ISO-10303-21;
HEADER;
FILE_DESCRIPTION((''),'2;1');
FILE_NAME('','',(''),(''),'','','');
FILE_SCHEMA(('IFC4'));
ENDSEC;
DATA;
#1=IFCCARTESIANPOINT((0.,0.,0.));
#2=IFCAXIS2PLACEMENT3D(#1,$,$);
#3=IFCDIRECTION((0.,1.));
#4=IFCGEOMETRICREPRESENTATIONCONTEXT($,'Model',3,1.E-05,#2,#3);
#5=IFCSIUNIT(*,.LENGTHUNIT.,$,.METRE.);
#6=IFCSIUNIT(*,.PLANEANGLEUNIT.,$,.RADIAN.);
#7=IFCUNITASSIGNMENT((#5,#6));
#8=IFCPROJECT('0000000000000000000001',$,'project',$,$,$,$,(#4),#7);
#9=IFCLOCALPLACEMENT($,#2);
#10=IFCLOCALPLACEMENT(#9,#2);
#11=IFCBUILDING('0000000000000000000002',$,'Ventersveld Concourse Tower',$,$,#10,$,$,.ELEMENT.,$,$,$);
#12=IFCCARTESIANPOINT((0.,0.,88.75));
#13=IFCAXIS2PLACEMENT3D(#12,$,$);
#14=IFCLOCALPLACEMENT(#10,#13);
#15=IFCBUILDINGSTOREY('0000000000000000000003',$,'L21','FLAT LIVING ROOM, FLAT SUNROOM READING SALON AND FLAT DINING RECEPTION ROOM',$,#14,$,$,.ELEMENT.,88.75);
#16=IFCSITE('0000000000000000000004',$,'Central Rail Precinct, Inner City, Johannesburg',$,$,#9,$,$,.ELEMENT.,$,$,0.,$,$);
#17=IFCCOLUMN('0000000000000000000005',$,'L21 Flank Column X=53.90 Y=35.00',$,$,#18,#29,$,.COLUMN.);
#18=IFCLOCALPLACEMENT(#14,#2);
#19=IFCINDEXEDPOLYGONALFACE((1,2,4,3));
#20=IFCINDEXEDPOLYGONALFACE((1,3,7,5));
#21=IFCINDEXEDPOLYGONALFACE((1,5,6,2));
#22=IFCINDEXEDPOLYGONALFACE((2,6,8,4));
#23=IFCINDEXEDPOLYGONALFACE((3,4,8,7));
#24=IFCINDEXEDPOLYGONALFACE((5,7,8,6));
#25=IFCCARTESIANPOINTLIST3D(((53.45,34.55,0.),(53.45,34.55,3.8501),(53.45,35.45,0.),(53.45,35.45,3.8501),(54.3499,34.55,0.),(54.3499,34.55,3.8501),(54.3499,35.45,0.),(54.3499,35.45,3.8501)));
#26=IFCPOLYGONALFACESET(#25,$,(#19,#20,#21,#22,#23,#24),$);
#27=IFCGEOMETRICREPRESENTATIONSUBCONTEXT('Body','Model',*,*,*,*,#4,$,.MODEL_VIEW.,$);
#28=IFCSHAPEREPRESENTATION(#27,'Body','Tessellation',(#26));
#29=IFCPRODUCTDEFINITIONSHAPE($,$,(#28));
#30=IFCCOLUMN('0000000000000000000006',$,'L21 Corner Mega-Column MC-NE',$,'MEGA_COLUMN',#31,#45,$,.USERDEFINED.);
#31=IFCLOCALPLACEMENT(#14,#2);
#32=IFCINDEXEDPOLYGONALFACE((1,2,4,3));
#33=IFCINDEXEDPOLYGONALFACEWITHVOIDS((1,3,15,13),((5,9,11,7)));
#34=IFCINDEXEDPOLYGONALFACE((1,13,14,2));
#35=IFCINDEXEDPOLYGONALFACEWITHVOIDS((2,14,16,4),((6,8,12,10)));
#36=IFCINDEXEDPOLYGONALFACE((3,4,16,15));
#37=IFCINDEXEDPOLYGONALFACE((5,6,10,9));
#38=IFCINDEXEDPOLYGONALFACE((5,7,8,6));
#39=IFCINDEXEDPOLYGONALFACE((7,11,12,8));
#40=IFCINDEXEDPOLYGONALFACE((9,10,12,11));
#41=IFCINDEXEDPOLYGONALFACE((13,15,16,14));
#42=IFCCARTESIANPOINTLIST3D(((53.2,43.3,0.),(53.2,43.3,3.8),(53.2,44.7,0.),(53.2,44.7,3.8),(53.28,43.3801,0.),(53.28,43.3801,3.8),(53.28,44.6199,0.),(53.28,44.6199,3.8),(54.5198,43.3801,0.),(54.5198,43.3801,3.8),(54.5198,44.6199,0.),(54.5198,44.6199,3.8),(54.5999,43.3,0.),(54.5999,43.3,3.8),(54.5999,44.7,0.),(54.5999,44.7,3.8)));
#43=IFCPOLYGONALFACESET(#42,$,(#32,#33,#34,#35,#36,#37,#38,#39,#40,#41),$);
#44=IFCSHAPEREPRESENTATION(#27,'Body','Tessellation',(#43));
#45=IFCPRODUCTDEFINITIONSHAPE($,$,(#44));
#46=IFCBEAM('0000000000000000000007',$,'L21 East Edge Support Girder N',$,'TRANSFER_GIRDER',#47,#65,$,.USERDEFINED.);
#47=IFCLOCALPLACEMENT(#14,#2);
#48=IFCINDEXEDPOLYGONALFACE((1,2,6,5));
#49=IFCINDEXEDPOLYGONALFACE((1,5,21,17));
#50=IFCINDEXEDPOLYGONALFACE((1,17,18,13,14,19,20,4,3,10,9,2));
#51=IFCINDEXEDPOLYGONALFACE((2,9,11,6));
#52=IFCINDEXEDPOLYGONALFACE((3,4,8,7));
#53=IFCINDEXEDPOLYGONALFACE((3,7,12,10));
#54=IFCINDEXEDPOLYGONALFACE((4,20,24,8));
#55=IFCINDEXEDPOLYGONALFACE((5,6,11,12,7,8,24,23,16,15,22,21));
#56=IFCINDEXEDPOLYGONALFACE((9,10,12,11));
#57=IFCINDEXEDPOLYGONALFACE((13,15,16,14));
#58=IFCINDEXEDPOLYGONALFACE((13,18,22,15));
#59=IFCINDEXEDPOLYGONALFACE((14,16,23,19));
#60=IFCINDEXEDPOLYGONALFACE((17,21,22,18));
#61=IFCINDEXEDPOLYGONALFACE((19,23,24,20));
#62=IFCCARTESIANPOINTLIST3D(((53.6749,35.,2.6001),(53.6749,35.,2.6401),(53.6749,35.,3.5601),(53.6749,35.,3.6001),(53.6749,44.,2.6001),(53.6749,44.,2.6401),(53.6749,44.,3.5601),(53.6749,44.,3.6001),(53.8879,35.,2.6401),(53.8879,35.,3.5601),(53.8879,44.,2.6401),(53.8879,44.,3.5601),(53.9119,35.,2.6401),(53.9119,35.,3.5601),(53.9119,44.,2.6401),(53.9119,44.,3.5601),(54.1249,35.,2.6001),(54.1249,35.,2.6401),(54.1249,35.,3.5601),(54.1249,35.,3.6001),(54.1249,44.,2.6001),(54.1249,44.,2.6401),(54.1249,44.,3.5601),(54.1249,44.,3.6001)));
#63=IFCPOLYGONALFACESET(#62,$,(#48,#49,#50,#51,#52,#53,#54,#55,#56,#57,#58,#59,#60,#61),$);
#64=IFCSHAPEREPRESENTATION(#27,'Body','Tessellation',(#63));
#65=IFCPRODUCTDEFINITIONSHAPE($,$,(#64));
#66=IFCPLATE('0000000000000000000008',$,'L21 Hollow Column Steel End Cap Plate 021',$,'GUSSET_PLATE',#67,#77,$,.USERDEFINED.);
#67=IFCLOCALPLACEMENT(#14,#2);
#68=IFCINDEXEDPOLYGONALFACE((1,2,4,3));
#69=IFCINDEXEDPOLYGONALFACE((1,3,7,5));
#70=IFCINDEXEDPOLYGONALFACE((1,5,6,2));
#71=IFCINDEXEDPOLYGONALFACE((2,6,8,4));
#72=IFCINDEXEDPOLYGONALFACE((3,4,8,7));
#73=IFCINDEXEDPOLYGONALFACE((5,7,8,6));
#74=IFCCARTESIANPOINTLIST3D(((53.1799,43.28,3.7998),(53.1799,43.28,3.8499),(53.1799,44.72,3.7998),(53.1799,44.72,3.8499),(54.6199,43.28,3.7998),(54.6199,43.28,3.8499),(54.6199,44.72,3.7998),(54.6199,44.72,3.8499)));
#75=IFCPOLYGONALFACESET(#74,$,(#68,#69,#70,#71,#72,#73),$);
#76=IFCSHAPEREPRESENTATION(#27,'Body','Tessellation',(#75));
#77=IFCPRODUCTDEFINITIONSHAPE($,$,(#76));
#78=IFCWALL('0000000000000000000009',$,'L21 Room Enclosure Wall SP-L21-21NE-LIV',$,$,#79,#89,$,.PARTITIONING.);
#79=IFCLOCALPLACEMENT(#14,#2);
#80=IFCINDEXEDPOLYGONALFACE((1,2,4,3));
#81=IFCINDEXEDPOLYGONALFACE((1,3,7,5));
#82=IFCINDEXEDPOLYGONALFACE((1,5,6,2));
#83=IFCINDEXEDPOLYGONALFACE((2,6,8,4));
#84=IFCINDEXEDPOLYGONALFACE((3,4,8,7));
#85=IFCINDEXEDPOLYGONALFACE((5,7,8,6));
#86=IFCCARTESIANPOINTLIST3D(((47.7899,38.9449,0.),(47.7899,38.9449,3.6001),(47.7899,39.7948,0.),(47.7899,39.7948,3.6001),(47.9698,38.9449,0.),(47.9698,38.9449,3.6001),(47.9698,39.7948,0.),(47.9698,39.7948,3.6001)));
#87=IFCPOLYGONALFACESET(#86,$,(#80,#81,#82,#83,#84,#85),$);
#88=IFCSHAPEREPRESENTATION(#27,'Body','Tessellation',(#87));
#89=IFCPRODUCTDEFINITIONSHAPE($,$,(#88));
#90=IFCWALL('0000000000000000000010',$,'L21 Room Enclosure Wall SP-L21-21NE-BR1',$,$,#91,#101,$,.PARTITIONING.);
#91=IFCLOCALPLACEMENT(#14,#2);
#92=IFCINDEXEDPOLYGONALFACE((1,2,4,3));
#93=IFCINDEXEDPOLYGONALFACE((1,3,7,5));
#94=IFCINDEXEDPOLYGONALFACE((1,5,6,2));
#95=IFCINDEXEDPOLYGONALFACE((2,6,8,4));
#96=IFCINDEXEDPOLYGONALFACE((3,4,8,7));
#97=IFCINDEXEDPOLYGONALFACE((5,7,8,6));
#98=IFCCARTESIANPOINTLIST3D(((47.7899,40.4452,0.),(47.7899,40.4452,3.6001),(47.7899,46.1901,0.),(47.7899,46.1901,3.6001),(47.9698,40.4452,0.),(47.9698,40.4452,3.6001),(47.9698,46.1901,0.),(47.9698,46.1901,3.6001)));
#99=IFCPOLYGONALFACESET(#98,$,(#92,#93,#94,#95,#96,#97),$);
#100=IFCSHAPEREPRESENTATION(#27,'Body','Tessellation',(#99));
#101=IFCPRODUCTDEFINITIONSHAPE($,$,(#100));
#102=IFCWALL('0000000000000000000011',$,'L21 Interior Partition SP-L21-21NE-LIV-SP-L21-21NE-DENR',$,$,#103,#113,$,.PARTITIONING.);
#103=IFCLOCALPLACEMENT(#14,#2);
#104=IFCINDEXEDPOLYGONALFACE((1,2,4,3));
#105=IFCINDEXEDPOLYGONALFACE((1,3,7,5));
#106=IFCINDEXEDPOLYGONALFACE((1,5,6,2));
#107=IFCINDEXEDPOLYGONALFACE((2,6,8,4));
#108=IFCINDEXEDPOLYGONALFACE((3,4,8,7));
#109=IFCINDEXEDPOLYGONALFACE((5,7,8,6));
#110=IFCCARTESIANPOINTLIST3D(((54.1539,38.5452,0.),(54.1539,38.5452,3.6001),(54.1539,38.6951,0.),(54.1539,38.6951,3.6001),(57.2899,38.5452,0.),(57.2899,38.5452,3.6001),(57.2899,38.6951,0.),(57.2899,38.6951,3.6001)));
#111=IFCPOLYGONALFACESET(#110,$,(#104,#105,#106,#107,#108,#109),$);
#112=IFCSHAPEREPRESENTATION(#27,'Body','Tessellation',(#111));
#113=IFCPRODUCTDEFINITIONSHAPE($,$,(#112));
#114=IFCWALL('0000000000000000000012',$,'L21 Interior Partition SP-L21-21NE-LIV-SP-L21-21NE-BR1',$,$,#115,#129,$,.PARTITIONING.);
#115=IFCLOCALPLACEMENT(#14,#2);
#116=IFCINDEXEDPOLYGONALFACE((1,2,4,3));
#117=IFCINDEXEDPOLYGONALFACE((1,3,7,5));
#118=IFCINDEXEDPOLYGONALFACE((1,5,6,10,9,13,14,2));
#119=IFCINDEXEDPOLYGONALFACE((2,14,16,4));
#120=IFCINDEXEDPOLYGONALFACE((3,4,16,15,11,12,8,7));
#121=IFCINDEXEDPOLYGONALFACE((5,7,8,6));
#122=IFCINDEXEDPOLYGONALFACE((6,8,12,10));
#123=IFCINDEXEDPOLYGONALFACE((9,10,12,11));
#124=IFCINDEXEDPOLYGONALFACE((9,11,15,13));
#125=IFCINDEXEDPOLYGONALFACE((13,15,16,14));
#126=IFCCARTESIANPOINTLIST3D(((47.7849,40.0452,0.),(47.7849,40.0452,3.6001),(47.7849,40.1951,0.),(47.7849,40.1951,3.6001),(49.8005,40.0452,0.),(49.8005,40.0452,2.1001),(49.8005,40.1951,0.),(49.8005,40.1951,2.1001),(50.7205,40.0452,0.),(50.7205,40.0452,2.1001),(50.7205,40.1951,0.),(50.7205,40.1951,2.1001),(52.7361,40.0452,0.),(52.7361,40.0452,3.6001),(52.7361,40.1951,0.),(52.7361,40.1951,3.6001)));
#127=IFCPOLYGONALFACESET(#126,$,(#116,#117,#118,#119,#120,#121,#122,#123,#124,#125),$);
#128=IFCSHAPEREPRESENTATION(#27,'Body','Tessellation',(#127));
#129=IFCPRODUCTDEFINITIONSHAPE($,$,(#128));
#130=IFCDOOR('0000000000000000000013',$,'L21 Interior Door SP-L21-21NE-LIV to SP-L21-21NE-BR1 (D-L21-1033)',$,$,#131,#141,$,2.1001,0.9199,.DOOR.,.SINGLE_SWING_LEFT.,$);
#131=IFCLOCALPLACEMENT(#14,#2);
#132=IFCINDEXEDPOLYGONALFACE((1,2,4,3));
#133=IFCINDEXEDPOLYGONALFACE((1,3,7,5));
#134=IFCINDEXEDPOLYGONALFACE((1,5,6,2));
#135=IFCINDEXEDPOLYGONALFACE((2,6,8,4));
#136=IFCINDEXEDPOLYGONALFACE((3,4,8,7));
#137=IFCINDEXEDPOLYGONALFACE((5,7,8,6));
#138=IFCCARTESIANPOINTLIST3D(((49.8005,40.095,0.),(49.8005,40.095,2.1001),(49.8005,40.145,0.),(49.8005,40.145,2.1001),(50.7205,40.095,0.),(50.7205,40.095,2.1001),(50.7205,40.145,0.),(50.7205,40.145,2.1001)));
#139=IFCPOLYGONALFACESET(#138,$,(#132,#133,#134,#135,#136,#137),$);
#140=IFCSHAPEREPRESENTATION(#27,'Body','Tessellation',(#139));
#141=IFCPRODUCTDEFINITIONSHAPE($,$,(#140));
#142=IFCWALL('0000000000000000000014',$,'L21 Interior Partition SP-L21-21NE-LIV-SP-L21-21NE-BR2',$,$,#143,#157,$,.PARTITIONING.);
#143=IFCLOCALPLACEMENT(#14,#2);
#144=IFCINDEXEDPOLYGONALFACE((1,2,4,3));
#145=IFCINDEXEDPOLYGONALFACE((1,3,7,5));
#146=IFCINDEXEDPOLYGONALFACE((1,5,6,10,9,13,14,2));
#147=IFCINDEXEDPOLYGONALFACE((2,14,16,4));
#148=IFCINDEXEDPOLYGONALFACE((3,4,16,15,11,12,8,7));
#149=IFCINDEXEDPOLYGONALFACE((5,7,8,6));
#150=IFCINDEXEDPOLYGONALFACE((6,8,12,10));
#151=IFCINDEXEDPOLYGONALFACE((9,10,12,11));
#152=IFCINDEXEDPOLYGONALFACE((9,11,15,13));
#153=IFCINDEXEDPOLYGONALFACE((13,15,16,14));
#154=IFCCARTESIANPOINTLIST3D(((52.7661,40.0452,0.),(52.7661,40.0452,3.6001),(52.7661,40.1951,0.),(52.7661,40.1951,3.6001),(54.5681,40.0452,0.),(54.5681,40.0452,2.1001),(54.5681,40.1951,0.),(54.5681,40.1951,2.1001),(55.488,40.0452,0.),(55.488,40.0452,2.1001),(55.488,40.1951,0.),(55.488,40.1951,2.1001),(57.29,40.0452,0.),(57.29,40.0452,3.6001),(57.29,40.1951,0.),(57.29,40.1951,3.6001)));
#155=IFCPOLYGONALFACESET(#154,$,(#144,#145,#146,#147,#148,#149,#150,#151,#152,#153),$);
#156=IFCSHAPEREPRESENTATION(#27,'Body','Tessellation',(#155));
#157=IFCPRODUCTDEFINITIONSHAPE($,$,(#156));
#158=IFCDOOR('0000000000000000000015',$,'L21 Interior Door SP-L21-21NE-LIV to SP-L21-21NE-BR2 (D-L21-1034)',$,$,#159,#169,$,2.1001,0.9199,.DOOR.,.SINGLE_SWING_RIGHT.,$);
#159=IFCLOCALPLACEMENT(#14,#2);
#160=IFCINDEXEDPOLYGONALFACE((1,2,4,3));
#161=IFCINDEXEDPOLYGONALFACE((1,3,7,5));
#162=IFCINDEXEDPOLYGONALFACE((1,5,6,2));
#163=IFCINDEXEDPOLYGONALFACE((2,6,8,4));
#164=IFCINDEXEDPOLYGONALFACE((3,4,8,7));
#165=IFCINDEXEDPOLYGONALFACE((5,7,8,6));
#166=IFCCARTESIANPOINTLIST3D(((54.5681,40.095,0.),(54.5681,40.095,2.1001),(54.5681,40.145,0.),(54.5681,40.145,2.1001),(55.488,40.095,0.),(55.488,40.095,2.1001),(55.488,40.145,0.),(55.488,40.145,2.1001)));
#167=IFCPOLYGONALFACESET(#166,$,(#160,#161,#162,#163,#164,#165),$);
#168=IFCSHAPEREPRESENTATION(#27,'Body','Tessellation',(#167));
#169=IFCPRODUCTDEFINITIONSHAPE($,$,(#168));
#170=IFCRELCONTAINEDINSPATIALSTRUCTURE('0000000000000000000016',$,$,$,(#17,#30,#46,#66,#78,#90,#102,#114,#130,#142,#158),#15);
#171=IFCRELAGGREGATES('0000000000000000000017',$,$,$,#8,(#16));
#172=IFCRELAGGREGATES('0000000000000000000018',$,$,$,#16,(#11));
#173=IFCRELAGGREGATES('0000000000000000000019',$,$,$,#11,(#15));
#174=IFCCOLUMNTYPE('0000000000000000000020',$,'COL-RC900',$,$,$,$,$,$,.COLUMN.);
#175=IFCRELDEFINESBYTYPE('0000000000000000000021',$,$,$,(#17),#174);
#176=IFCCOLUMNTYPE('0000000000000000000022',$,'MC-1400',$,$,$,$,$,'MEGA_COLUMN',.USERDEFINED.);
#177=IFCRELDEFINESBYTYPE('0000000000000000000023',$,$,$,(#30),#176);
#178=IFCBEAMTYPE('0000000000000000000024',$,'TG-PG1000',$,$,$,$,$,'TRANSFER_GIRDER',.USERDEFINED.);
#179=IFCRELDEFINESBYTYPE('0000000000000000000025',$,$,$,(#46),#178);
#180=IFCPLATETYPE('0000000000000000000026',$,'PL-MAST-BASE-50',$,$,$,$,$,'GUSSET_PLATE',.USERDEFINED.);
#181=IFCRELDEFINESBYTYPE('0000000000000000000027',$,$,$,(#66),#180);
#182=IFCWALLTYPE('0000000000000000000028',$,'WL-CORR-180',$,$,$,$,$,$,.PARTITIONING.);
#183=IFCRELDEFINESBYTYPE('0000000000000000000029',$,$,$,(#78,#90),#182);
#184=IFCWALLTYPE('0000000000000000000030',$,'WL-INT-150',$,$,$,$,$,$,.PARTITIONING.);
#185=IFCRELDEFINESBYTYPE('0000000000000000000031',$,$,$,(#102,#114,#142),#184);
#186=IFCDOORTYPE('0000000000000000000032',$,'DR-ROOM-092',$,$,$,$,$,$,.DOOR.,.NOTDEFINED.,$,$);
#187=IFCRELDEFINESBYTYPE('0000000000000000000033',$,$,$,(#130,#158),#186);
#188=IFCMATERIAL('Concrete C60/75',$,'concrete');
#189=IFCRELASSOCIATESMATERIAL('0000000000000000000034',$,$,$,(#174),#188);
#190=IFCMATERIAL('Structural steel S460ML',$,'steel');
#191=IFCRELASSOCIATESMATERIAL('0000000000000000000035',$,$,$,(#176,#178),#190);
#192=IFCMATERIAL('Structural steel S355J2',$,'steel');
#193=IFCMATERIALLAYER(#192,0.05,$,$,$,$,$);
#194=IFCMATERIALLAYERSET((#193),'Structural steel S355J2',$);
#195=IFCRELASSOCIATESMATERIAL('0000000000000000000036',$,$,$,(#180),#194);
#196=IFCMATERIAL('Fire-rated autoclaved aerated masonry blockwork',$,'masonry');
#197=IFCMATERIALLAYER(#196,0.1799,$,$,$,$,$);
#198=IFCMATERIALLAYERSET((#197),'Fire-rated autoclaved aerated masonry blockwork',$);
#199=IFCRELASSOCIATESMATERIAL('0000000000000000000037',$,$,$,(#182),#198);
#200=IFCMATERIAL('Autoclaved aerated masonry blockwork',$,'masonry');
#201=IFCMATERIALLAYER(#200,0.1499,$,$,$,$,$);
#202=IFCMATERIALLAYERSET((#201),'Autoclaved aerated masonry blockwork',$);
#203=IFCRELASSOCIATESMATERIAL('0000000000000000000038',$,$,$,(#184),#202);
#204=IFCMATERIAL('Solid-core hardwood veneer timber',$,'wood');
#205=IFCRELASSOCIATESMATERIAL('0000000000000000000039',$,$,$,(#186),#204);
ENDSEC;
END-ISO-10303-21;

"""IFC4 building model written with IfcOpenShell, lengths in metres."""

from ifc_helpers import new_model, si_unit, direction, frame, frame_2d, origin, origin_2d, place, context, subcontext, project, spatial, rectangle, hollow_rectangle, i_section, extrude, material, layer, layer_set, material_profile, profile_set, type_object, element, fill, save


model = new_model("IFC4")

# Units and contexts
model_context = context("Model", 3, precision=1e-05, world=origin(), true_north=direction((0.0, 1.0)))
body_context = subcontext(model_context, "Body", "Model", "MODEL_VIEW")
ifc_project = project(units=[si_unit("LENGTHUNIT", "METRE"), si_unit("PLANEANGLEUNIT", "RADIAN")], contexts=[model_context])

# Site, building, storey
site_placement = place(None, origin())
site = spatial("IfcSite", under=ifc_project, at=site_placement, Name="Central Rail Precinct, Inner City, Johannesburg", CompositionType="ELEMENT", RefElevation=0.0)
building_placement = place(site_placement, origin())
building = spatial("IfcBuilding", under=site, at=building_placement, Name="Ventersveld Concourse Tower", CompositionType="ELEMENT")
storey_placement = place(building_placement, frame((0.0, 0.0, 88.75)))
storey = spatial("IfcBuildingStorey", under=building, at=storey_placement, Name="L21", Description="FLAT LIVING ROOM, FLAT SUNROOM READING SALON AND FLAT DINING RECEPTION ROOM", CompositionType="ELEMENT", Elevation=88.75)

# Columns
ifc_material_1 = material(Name="Concrete C60/75", Category="concrete")
ifc_material_profile_1 = material_profile(ifc_material_1, rectangle(XDim=0.8999, YDim=0.8999, at=origin_2d()), Name="RC 900x900")
ifc_profile_set_1 = profile_set([ifc_material_profile_1], Name="Concrete C60/75")
column_type_1 = type_object("IfcColumnType", Name="COL-RC900", PredefinedType="COLUMN", material=ifc_profile_set_1)
column_1_placement = place(storey_placement, frame((53.8999, 35.0, 0.0), z_axis=(0.0, 0.0, 1.0), x_axis=(1.0, 0.0, 0.0)))
element("IfcColumn", 1, at=column_1_placement, inside=storey, type_object=column_type_1, Name="L21 Flank Column X=53.90 Y=35.00", PredefinedType="COLUMN", context=body_context, shape_type="SweptSolid", body=[
    extrude(rectangle(XDim=0.8999, YDim=0.8999, at=origin_2d()), origin(), (0.0, 0.0, 1.0), 3.8501),
])
ifc_material_2 = material(Name="Structural steel S460ML", Category="steel")
ifc_material_profile_2 = material_profile(ifc_material_2, hollow_rectangle(XDim=1.3999, YDim=1.3999, WallThickness=0.0801, at=origin_2d()), Name="BOX 1400x1400x80")
ifc_profile_set_2 = profile_set([ifc_material_profile_2], Name="Structural steel S460ML")
column_type_2 = type_object("IfcColumnType", Name="MC-1400", ElementType="MEGA_COLUMN", PredefinedType="USERDEFINED", material=ifc_profile_set_2)
column_2_placement = place(storey_placement, frame((53.8999, 44.0, 0.0), z_axis=(0.0, 0.0, 1.0), x_axis=(1.0, 0.0, 0.0)))
element("IfcColumn", 2, at=column_2_placement, inside=storey, type_object=column_type_2, Name="L21 Corner Mega-Column MC-NE", ObjectType="MEGA_COLUMN", PredefinedType="USERDEFINED", context=body_context, shape_type="SweptSolid", body=[
    extrude(hollow_rectangle(XDim=1.3999, YDim=1.3999, WallThickness=0.0801, at=origin_2d()), origin(), (0.0, 0.0, 1.0), 3.8),
])

# Beam
ifc_material_profile_3 = material_profile(ifc_material_2, i_section(OverallWidth=0.45, OverallDepth=1.0, WebThickness=0.0239, FlangeThickness=0.04, at=origin_2d()), Name="PG 1000x450x40")
ifc_profile_set_3 = profile_set([ifc_material_profile_3], Name="Structural steel S460ML")
beam_type = type_object("IfcBeamType", Name="TG-PG1000", ElementType="TRANSFER_GIRDER", PredefinedType="USERDEFINED", material=ifc_profile_set_3)
beam_placement = place(storey_placement, frame((53.8999, 35.0, 3.1001), z_axis=(0.0, 1.0, 0.0), x_axis=(-1.0, 0.0, 0.0)))
element("IfcBeam", 3, at=beam_placement, inside=storey, type_object=beam_type, Name="L21 East Edge Support Girder N", ObjectType="TRANSFER_GIRDER", PredefinedType="USERDEFINED", context=body_context, shape_type="SweptSolid", body=[
    extrude(i_section(OverallWidth=0.45, OverallDepth=1.0, WebThickness=0.0239, FlangeThickness=0.04, at=origin_2d()), origin(), (0.0, 0.0, 1.0), 9.0),
])

# Plate
ifc_material_3 = material(Name="Structural steel S355J2", Category="steel")
ifc_layer_1 = layer(ifc_material_3, 0.05)
ifc_layer_set_1 = layer_set([ifc_layer_1], Name="Structural steel S355J2")
plate_type = type_object("IfcPlateType", Name="PL-MAST-BASE-50", ElementType="GUSSET_PLATE", PredefinedType="USERDEFINED", material=ifc_layer_set_1)
plate_placement = place(storey_placement, frame((53.8999, 44.0, 3.7998), z_axis=(0.0, 0.0, 1.0), x_axis=(1.0, 0.0, 0.0)))
element("IfcPlate", 4, at=plate_placement, inside=storey, type_object=plate_type, Name="L21 Hollow Column Steel End Cap Plate 021", ObjectType="GUSSET_PLATE", PredefinedType="USERDEFINED", context=body_context, shape_type="SweptSolid", body=[
    extrude(rectangle(XDim=1.4399, YDim=1.4399, at=origin_2d()), origin(), (0.0, 0.0, 1.0), 0.05),
])

# Walls
ifc_material_4 = material(Name="Fire-rated autoclaved aerated masonry blockwork", Category="masonry")
ifc_layer_2 = layer(ifc_material_4, 0.1799)
ifc_layer_set_2 = layer_set([ifc_layer_2], Name="Fire-rated autoclaved aerated masonry blockwork")
wall_type_1 = type_object("IfcWallType", Name="WL-CORR-180", PredefinedType="PARTITIONING", material=ifc_layer_set_2)
wall_1_placement = place(storey_placement, frame((47.8799, 38.9451, 0.0), z_axis=(0.0, 0.0, 1.0), x_axis=(0.0, 1.0, 0.0)))
element("IfcWall", 5, at=wall_1_placement, inside=storey, type_object=wall_type_1, Name="L21 Room Enclosure Wall SP-L21-21NE-LIV", PredefinedType="PARTITIONING", context=body_context, shape_type="SweptSolid", body=[
    extrude(rectangle(XDim=0.8499, YDim=0.1799, at=frame_2d((0.4248, 0.0))), origin(), (0.0, 0.0, 1.0), 3.6001),
])
wall_2_placement = place(storey_placement, frame((47.8799, 40.4451, 0.0), z_axis=(0.0, 0.0, 1.0), x_axis=(0.0, 1.0, 0.0)))
element("IfcWall", 6, at=wall_2_placement, inside=storey, type_object=wall_type_1, Name="L21 Room Enclosure Wall SP-L21-21NE-BR1", PredefinedType="PARTITIONING", context=body_context, shape_type="SweptSolid", body=[
    extrude(rectangle(XDim=5.7449, YDim=0.1799, at=frame_2d((2.8726, 0.0))), origin(), (0.0, 0.0, 1.0), 3.6001),
])
ifc_material_5 = material(Name="Autoclaved aerated masonry blockwork", Category="masonry")
ifc_layer_3 = layer(ifc_material_5, 0.1499)
ifc_layer_set_3 = layer_set([ifc_layer_3], Name="Autoclaved aerated masonry blockwork")
wall_type_2 = type_object("IfcWallType", Name="WL-INT-150", PredefinedType="PARTITIONING", material=ifc_layer_set_3)
wall_3_placement = place(storey_placement, frame((54.1541, 38.6201, 0.0), z_axis=(0.0, 0.0, 1.0), x_axis=(1.0, 0.0, 0.0)))
element("IfcWall", 7, at=wall_3_placement, inside=storey, type_object=wall_type_2, Name="L21 Interior Partition SP-L21-21NE-LIV-SP-L21-21NE-DENR", PredefinedType="PARTITIONING", context=body_context, shape_type="SweptSolid", body=[
    extrude(rectangle(XDim=3.136, YDim=0.1499, at=frame_2d((1.5679, 0.0))), origin(), (0.0, 0.0, 1.0), 3.6001),
])

# Walls, openings, doors
wall_4_placement = place(storey_placement, frame((47.7849, 40.1201, 0.0), z_axis=(0.0, 0.0, 1.0), x_axis=(1.0, 0.0, 0.0)))
wall_4 = element("IfcWall", 8, at=wall_4_placement, inside=storey, type_object=wall_type_2, Name="L21 Interior Partition SP-L21-21NE-LIV-SP-L21-21NE-BR1", PredefinedType="PARTITIONING", context=body_context, shape_type="SweptSolid", body=[
    extrude(rectangle(XDim=4.9512, YDim=0.1499, at=frame_2d((2.4756, 0.0))), origin(), (0.0, 0.0, 1.0), 3.6001),
])
opening_1_placement = place(wall_4_placement, frame((2.0156, 0.0, 0.0)))
opening_1 = element("IfcOpeningElement", 9, at=opening_1_placement, cuts=wall_4, PredefinedType="OPENING", context=body_context, shape_type="SweptSolid", body=[
    extrude(rectangle(XDim=0.9199, YDim=2.1001, at=frame_2d((0.46, 1.05))), frame((0.0, 0.085, 0.0), z_axis=(0.0, -1.0, 0.0), x_axis=(1.0, 0.0, 0.0)), (0.0, 0.0, 1.0), 0.1699),
])
ifc_material_6 = material(Name="Solid-core hardwood veneer timber", Category="wood")
door_type = type_object("IfcDoorType", Name="DR-ROOM-092", OperationType="NOTDEFINED", PredefinedType="DOOR", material=ifc_material_6)
door_1_placement = place(opening_1_placement, origin())
door_1 = element("IfcDoor", 10, at=door_1_placement, inside=storey, type_object=door_type, Name="L21 Interior Door SP-L21-21NE-LIV to SP-L21-21NE-BR1 (D-L21-1033)", OperationType="SINGLE_SWING_LEFT", OverallHeight=2.1001, OverallWidth=0.9199, PredefinedType="DOOR", context=body_context, shape_type="SweptSolid", body=[
    extrude(rectangle(XDim=0.9199, YDim=2.1001, at=frame_2d((0.46, 1.05))), frame((0.0, 0.0249, 0.0), z_axis=(0.0, -1.0, 0.0), x_axis=(1.0, 0.0, 0.0)), (0.0, 0.0, 1.0), 0.05),
])
fill(opening_1, door_1)
wall_5_placement = place(storey_placement, frame((52.7661, 40.1201, 0.0), z_axis=(0.0, 0.0, 1.0), x_axis=(1.0, 0.0, 0.0)))
wall_5 = element("IfcWall", 11, at=wall_5_placement, inside=storey, type_object=wall_type_2, Name="L21 Interior Partition SP-L21-21NE-LIV-SP-L21-21NE-BR2", PredefinedType="PARTITIONING", context=body_context, shape_type="SweptSolid", body=[
    extrude(rectangle(XDim=4.5239, YDim=0.1499, at=frame_2d((2.262, 0.0))), origin(), (0.0, 0.0, 1.0), 3.6001),
])
opening_2_placement = place(wall_5_placement, frame((1.802, 0.0, 0.0)))
opening_2 = element("IfcOpeningElement", 12, at=opening_2_placement, cuts=wall_5, PredefinedType="OPENING", context=body_context, shape_type="SweptSolid", body=[
    extrude(rectangle(XDim=0.9199, YDim=2.1001, at=frame_2d((0.46, 1.05))), frame((0.0, 0.085, 0.0), z_axis=(0.0, -1.0, 0.0), x_axis=(1.0, 0.0, 0.0)), (0.0, 0.0, 1.0), 0.1699),
])
door_2_placement = place(opening_2_placement, origin())
door_2 = element("IfcDoor", 13, at=door_2_placement, inside=storey, type_object=door_type, Name="L21 Interior Door SP-L21-21NE-LIV to SP-L21-21NE-BR2 (D-L21-1034)", OperationType="SINGLE_SWING_RIGHT", OverallHeight=2.1001, OverallWidth=0.9199, PredefinedType="DOOR", context=body_context, shape_type="SweptSolid", body=[
    extrude(rectangle(XDim=0.9199, YDim=2.1001, at=frame_2d((0.46, 1.05))), frame((0.0, 0.0249, 0.0), z_axis=(0.0, -1.0, 0.0), x_axis=(1.0, 0.0, 0.0)), (0.0, 0.0, 1.0), 0.05),
])
fill(opening_2, door_2)

save(model, "model.ifc")
